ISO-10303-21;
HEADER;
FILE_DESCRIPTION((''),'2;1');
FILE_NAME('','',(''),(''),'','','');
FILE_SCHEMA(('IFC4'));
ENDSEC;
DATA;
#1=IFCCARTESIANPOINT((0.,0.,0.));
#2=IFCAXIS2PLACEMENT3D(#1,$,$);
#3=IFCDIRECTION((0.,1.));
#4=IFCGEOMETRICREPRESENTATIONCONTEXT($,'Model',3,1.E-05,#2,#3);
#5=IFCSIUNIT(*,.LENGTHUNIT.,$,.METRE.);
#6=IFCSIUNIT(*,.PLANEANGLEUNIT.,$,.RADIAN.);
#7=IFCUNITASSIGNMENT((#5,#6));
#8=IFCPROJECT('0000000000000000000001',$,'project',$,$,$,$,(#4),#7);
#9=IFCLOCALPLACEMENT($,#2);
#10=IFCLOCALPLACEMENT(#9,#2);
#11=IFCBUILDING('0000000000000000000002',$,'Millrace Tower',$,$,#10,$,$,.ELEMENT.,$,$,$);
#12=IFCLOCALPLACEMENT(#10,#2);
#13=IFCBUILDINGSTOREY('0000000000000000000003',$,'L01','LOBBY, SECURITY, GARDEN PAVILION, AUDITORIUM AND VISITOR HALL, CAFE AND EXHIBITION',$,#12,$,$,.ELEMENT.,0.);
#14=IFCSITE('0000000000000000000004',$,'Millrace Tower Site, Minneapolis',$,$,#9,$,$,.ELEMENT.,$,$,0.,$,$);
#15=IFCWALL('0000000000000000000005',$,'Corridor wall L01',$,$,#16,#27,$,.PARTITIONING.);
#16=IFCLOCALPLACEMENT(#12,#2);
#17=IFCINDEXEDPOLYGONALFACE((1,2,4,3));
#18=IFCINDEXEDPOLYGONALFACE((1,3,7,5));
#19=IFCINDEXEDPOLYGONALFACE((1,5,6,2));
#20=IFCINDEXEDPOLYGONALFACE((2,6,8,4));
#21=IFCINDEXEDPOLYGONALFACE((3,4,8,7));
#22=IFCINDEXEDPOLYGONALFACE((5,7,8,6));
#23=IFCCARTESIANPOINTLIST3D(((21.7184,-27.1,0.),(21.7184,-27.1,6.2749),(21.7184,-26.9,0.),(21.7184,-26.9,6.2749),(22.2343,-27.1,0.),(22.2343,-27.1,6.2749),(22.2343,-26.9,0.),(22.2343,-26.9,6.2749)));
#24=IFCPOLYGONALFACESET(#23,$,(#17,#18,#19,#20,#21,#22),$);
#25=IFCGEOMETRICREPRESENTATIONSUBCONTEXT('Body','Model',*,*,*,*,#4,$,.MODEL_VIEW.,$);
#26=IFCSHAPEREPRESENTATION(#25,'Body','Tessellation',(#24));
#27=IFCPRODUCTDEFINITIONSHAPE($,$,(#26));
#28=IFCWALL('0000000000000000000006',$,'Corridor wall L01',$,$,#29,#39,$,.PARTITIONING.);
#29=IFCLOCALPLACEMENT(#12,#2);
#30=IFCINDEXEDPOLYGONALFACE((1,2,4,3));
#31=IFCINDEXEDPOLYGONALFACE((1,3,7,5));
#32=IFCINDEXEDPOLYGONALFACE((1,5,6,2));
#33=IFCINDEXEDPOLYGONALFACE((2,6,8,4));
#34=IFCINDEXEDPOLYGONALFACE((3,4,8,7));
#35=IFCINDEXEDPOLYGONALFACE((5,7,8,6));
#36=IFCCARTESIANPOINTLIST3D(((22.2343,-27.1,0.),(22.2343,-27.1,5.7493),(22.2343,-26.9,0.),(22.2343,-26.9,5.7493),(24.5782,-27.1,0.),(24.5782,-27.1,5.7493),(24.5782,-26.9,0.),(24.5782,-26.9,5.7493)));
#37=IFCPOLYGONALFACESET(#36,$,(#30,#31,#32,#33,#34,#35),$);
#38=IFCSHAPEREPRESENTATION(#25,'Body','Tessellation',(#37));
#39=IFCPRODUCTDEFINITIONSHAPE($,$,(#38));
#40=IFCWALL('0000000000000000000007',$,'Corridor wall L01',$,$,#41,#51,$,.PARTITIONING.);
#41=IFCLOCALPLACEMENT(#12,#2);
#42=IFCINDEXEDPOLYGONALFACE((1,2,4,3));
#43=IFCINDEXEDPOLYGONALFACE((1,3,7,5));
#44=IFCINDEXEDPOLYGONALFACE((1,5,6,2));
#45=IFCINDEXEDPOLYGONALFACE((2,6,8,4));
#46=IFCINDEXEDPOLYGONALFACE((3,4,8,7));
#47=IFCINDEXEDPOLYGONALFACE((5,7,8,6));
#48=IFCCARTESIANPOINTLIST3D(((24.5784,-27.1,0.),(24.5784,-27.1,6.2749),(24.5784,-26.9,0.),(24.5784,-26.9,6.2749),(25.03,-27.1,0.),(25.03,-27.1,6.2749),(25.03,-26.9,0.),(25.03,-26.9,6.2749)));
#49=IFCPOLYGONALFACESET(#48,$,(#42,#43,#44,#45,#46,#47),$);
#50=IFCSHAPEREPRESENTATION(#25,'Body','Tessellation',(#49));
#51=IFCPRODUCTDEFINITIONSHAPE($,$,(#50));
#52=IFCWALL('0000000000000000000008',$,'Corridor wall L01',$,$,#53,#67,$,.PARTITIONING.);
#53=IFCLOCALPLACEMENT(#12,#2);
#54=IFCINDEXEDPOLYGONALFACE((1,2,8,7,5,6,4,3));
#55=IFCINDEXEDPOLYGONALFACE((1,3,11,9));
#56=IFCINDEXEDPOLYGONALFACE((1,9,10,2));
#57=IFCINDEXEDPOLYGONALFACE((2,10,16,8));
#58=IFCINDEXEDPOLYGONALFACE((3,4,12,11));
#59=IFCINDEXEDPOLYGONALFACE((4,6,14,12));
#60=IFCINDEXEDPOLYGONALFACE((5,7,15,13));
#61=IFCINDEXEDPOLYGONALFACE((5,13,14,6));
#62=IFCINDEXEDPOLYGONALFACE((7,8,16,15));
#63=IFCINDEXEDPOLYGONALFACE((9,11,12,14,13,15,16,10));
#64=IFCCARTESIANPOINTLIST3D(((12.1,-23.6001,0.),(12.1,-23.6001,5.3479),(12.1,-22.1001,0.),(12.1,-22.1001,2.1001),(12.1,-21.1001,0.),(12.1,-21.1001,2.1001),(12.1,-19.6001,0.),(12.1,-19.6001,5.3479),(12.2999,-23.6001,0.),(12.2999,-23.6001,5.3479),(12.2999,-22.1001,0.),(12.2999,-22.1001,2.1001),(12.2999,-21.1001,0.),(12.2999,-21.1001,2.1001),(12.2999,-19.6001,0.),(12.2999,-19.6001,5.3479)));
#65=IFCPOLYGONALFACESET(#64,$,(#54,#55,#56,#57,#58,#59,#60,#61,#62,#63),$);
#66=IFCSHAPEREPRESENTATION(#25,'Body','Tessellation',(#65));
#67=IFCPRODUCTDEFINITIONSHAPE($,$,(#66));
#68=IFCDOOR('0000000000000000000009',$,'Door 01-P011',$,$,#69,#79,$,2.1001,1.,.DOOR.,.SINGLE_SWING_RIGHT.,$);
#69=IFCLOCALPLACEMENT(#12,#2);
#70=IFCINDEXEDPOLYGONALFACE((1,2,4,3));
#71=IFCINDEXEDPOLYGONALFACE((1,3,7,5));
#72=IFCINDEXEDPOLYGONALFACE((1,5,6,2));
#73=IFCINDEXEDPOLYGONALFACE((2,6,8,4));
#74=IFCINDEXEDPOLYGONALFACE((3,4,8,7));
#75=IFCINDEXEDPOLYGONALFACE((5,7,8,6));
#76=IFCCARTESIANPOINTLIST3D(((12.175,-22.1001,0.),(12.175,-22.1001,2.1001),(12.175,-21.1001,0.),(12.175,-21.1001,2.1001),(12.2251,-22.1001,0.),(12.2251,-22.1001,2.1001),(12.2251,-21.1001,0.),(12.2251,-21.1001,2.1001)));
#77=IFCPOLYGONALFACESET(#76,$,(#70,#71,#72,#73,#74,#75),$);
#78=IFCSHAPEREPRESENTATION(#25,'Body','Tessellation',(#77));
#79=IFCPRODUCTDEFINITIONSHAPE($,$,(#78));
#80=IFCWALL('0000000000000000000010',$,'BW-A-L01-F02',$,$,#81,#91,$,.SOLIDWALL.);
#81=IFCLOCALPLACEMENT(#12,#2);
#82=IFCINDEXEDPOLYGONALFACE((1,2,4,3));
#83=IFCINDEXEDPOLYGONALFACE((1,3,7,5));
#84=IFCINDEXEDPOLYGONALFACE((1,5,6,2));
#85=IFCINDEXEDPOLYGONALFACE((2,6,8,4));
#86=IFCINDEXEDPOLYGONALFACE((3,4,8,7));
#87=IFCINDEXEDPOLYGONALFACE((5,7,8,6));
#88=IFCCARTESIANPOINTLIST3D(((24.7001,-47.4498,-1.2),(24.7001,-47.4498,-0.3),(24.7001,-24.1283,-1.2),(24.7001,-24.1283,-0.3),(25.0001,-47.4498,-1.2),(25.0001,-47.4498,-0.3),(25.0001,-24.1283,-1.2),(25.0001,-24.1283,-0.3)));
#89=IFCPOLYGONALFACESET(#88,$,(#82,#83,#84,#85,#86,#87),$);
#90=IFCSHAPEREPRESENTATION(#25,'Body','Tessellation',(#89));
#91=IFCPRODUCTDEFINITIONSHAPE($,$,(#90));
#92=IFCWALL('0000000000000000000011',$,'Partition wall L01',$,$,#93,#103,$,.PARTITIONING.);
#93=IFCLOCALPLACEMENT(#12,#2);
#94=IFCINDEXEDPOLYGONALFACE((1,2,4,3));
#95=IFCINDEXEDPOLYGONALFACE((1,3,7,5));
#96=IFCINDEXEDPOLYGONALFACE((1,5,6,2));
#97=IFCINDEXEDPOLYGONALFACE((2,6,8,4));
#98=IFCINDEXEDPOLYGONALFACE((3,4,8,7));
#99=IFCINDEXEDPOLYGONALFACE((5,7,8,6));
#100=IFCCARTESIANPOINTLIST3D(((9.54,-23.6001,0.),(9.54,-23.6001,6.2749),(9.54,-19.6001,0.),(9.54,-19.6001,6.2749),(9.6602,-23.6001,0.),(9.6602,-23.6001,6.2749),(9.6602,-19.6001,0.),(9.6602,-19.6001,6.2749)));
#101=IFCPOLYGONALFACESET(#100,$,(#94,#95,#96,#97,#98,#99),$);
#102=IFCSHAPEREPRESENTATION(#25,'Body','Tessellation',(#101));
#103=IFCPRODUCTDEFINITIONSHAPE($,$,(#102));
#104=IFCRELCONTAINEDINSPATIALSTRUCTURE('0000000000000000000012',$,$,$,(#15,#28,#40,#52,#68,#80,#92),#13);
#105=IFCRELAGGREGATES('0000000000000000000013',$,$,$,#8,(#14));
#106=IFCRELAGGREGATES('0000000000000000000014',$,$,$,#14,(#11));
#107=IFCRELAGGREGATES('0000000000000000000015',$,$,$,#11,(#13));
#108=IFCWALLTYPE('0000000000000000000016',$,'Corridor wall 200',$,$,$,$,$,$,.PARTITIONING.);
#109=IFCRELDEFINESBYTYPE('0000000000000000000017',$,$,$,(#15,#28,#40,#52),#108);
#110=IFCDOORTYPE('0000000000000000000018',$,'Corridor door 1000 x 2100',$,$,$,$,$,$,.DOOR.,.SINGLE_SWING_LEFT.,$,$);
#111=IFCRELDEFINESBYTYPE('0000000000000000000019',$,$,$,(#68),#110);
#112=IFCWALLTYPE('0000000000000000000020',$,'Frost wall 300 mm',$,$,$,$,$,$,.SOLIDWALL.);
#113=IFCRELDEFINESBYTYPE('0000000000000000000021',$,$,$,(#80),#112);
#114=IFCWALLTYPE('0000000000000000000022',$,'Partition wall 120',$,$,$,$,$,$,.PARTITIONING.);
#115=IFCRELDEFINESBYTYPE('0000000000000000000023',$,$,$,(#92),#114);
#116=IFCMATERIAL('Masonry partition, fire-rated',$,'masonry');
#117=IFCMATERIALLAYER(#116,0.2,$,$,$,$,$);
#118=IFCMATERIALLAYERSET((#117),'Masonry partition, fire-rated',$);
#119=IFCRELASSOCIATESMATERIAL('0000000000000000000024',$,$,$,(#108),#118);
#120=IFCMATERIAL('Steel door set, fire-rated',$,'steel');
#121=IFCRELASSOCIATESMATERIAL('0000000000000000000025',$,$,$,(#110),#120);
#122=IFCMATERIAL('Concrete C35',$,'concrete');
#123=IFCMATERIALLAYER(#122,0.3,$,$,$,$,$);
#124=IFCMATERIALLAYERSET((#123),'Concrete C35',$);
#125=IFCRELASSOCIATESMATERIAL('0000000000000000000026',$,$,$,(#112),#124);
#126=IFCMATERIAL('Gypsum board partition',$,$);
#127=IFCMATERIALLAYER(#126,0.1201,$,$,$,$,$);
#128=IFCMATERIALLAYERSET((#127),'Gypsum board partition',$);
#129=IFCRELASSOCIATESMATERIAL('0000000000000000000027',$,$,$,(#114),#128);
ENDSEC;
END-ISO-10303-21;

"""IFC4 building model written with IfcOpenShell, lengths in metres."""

from ifc_helpers import new_model, si_unit, direction, frame, frame_2d, origin, place, context, subcontext, project, spatial, rectangle, extrude, material, layer, layer_set, type_object, element, fill, save


model = new_model("IFC4")

# Units and contexts
model_context = context("Model", 3, precision=1e-05, world=origin(), true_north=direction((0.0, 1.0)))
body_context = subcontext(model_context, "Body", "Model", "MODEL_VIEW")
ifc_project = project(units=[si_unit("LENGTHUNIT", "METRE"), si_unit("PLANEANGLEUNIT", "RADIAN")], contexts=[model_context])

# Site, building, storey
site_placement = place(None, origin())
site = spatial("IfcSite", under=ifc_project, at=site_placement, Name="Millrace Tower Site, Minneapolis", CompositionType="ELEMENT", RefElevation=0.0)
building_placement = place(site_placement, origin())
building = spatial("IfcBuilding", under=site, at=building_placement, Name="Millrace Tower", CompositionType="ELEMENT")
storey_placement = place(building_placement, origin())
storey = spatial("IfcBuildingStorey", under=building, at=storey_placement, Name="L01", Description="LOBBY, SECURITY, GARDEN PAVILION, AUDITORIUM AND VISITOR HALL, CAFE AND EXHIBITION", CompositionType="ELEMENT", Elevation=0.0)

# Shared definitions
ifc_material_1 = material(Name="Masonry partition, fire-rated", Category="masonry")
ifc_layer_1 = layer(ifc_material_1, 0.2)
ifc_layer_set_1 = layer_set([ifc_layer_1], Name="Masonry partition, fire-rated")
wall_type_1 = type_object("IfcWallType", Name="Corridor wall 200", PredefinedType="PARTITIONING", material=ifc_layer_set_1)

# Walls
wall_1_placement = place(storey_placement, frame((21.7185, -27.0, 0.0), z_axis=(0.0, 0.0, 1.0), x_axis=(1.0, 0.0, 0.0)))
element("IfcWall", 1, at=wall_1_placement, inside=storey, type_object=wall_type_1, Name="Corridor wall L01", PredefinedType="PARTITIONING", context=body_context, shape_type="SweptSolid", body=[
    extrude(rectangle(XDim=0.5159, YDim=0.2, at=frame_2d((0.2578, 0.0))), origin(), (0.0, 0.0, 1.0), 6.2749),
])
wall_2_placement = place(storey_placement, frame((22.2344, -27.0, 0.0), z_axis=(0.0, 0.0, 1.0), x_axis=(1.0, 0.0, 0.0)))
element("IfcWall", 2, at=wall_2_placement, inside=storey, type_object=wall_type_1, Name="Corridor wall L01", PredefinedType="PARTITIONING", context=body_context, shape_type="SweptSolid", body=[
    extrude(rectangle(XDim=2.344, YDim=0.2, at=frame_2d((1.1719, 0.0))), origin(), (0.0, 0.0, 1.0), 5.7493),
])
wall_3_placement = place(storey_placement, frame((24.5784, -27.0, 0.0), z_axis=(0.0, 0.0, 1.0), x_axis=(1.0, 0.0, 0.0)))
element("IfcWall", 3, at=wall_3_placement, inside=storey, type_object=wall_type_1, Name="Corridor wall L01", PredefinedType="PARTITIONING", context=body_context, shape_type="SweptSolid", body=[
    extrude(rectangle(XDim=0.4517, YDim=0.2, at=frame_2d((0.2258, 0.0))), origin(), (0.0, 0.0, 1.0), 6.2749),
])

# Wall, opening, door
wall_4_placement = place(storey_placement, frame((12.2, -23.6001, 0.0), z_axis=(0.0, 0.0, 1.0), x_axis=(0.0, 1.0, 0.0)))
wall_4 = element("IfcWall", 4, at=wall_4_placement, inside=storey, type_object=wall_type_1, Name="Corridor wall L01", PredefinedType="PARTITIONING", context=body_context, shape_type="SweptSolid", body=[
    extrude(rectangle(XDim=4.0, YDim=0.2, at=frame_2d((2.0, 0.0))), origin(), (0.0, 0.0, 1.0), 5.3479),
])
opening_1_placement = place(wall_4_placement, frame((1.5, 0.0, 0.0)))
opening_1 = element("IfcOpeningElement", 5, at=opening_1_placement, cuts=wall_4, PredefinedType="OPENING", context=body_context, shape_type="SweptSolid", body=[
    extrude(rectangle(XDim=1.0, YDim=2.1001, at=frame_2d((0.5, 1.05))), frame((0.0, 0.1099, 0.0), z_axis=(0.0, -1.0, 0.0), x_axis=(1.0, 0.0, 0.0)), (0.0, 0.0, 1.0), 0.22),
])
ifc_material_2 = material(Name="Steel door set, fire-rated", Category="steel")
door_type_1 = type_object("IfcDoorType", Name="Corridor door 1000 x 2100", OperationType="SINGLE_SWING_LEFT", PredefinedType="DOOR", material=ifc_material_2)
door_1_placement = place(opening_1_placement, origin())
door_1 = element("IfcDoor", 6, at=door_1_placement, inside=storey, type_object=door_type_1, Name="Door 01-P011", OperationType="SINGLE_SWING_RIGHT", OverallHeight=2.1001, OverallWidth=1.0, PredefinedType="DOOR", context=body_context, shape_type="SweptSolid", body=[
    extrude(rectangle(XDim=1.0, YDim=2.1001, at=frame_2d((0.5, 1.05))), frame((0.0, 0.0249, 0.0), z_axis=(0.0, -1.0, 0.0), x_axis=(1.0, 0.0, 0.0)), (0.0, 0.0, 1.0), 0.05),
])
fill(opening_1, door_1)

# Walls
ifc_material_3 = material(Name="Concrete C35", Category="concrete")
ifc_layer_2 = layer(ifc_material_3, 0.3)
ifc_layer_set_2 = layer_set([ifc_layer_2], Name="Concrete C35")
wall_type_2 = type_object("IfcWallType", Name="Frost wall 300 mm", PredefinedType="SOLIDWALL", material=ifc_layer_set_2)
wall_5_placement = place(storey_placement, frame((24.8501, -24.1284, -1.2), z_axis=(0.0, 0.0, 1.0), x_axis=(0.0, -1.0, 0.0)))
element("IfcWall", 7, at=wall_5_placement, inside=storey, type_object=wall_type_2, Name="BW-A-L01-F02", PredefinedType="SOLIDWALL", context=body_context, shape_type="SweptSolid", body=[
    extrude(rectangle(XDim=23.3215, YDim=0.3, at=frame_2d((11.6606, 0.0))), origin(), (0.0, 0.0, 1.0), 0.8999),
])
ifc_material_4 = material(Name="Gypsum board partition")
ifc_layer_3 = layer(ifc_material_4, 0.1201)
ifc_layer_set_3 = layer_set([ifc_layer_3], Name="Gypsum board partition")
wall_type_3 = type_object("IfcWallType", Name="Partition wall 120", PredefinedType="PARTITIONING", material=ifc_layer_set_3)
wall_6_placement = place(storey_placement, frame((9.6001, -23.6001, 0.0), z_axis=(0.0, 0.0, 1.0), x_axis=(0.0, 1.0, 0.0)))
element("IfcWall", 8, at=wall_6_placement, inside=storey, type_object=wall_type_3, Name="Partition wall L01", PredefinedType="PARTITIONING", context=body_context, shape_type="SweptSolid", body=[
    extrude(rectangle(XDim=4.0, YDim=0.1201, at=frame_2d((2.0, 0.0))), origin(), (0.0, 0.0, 1.0), 6.2749),
])

save(model, "model.ifc")
